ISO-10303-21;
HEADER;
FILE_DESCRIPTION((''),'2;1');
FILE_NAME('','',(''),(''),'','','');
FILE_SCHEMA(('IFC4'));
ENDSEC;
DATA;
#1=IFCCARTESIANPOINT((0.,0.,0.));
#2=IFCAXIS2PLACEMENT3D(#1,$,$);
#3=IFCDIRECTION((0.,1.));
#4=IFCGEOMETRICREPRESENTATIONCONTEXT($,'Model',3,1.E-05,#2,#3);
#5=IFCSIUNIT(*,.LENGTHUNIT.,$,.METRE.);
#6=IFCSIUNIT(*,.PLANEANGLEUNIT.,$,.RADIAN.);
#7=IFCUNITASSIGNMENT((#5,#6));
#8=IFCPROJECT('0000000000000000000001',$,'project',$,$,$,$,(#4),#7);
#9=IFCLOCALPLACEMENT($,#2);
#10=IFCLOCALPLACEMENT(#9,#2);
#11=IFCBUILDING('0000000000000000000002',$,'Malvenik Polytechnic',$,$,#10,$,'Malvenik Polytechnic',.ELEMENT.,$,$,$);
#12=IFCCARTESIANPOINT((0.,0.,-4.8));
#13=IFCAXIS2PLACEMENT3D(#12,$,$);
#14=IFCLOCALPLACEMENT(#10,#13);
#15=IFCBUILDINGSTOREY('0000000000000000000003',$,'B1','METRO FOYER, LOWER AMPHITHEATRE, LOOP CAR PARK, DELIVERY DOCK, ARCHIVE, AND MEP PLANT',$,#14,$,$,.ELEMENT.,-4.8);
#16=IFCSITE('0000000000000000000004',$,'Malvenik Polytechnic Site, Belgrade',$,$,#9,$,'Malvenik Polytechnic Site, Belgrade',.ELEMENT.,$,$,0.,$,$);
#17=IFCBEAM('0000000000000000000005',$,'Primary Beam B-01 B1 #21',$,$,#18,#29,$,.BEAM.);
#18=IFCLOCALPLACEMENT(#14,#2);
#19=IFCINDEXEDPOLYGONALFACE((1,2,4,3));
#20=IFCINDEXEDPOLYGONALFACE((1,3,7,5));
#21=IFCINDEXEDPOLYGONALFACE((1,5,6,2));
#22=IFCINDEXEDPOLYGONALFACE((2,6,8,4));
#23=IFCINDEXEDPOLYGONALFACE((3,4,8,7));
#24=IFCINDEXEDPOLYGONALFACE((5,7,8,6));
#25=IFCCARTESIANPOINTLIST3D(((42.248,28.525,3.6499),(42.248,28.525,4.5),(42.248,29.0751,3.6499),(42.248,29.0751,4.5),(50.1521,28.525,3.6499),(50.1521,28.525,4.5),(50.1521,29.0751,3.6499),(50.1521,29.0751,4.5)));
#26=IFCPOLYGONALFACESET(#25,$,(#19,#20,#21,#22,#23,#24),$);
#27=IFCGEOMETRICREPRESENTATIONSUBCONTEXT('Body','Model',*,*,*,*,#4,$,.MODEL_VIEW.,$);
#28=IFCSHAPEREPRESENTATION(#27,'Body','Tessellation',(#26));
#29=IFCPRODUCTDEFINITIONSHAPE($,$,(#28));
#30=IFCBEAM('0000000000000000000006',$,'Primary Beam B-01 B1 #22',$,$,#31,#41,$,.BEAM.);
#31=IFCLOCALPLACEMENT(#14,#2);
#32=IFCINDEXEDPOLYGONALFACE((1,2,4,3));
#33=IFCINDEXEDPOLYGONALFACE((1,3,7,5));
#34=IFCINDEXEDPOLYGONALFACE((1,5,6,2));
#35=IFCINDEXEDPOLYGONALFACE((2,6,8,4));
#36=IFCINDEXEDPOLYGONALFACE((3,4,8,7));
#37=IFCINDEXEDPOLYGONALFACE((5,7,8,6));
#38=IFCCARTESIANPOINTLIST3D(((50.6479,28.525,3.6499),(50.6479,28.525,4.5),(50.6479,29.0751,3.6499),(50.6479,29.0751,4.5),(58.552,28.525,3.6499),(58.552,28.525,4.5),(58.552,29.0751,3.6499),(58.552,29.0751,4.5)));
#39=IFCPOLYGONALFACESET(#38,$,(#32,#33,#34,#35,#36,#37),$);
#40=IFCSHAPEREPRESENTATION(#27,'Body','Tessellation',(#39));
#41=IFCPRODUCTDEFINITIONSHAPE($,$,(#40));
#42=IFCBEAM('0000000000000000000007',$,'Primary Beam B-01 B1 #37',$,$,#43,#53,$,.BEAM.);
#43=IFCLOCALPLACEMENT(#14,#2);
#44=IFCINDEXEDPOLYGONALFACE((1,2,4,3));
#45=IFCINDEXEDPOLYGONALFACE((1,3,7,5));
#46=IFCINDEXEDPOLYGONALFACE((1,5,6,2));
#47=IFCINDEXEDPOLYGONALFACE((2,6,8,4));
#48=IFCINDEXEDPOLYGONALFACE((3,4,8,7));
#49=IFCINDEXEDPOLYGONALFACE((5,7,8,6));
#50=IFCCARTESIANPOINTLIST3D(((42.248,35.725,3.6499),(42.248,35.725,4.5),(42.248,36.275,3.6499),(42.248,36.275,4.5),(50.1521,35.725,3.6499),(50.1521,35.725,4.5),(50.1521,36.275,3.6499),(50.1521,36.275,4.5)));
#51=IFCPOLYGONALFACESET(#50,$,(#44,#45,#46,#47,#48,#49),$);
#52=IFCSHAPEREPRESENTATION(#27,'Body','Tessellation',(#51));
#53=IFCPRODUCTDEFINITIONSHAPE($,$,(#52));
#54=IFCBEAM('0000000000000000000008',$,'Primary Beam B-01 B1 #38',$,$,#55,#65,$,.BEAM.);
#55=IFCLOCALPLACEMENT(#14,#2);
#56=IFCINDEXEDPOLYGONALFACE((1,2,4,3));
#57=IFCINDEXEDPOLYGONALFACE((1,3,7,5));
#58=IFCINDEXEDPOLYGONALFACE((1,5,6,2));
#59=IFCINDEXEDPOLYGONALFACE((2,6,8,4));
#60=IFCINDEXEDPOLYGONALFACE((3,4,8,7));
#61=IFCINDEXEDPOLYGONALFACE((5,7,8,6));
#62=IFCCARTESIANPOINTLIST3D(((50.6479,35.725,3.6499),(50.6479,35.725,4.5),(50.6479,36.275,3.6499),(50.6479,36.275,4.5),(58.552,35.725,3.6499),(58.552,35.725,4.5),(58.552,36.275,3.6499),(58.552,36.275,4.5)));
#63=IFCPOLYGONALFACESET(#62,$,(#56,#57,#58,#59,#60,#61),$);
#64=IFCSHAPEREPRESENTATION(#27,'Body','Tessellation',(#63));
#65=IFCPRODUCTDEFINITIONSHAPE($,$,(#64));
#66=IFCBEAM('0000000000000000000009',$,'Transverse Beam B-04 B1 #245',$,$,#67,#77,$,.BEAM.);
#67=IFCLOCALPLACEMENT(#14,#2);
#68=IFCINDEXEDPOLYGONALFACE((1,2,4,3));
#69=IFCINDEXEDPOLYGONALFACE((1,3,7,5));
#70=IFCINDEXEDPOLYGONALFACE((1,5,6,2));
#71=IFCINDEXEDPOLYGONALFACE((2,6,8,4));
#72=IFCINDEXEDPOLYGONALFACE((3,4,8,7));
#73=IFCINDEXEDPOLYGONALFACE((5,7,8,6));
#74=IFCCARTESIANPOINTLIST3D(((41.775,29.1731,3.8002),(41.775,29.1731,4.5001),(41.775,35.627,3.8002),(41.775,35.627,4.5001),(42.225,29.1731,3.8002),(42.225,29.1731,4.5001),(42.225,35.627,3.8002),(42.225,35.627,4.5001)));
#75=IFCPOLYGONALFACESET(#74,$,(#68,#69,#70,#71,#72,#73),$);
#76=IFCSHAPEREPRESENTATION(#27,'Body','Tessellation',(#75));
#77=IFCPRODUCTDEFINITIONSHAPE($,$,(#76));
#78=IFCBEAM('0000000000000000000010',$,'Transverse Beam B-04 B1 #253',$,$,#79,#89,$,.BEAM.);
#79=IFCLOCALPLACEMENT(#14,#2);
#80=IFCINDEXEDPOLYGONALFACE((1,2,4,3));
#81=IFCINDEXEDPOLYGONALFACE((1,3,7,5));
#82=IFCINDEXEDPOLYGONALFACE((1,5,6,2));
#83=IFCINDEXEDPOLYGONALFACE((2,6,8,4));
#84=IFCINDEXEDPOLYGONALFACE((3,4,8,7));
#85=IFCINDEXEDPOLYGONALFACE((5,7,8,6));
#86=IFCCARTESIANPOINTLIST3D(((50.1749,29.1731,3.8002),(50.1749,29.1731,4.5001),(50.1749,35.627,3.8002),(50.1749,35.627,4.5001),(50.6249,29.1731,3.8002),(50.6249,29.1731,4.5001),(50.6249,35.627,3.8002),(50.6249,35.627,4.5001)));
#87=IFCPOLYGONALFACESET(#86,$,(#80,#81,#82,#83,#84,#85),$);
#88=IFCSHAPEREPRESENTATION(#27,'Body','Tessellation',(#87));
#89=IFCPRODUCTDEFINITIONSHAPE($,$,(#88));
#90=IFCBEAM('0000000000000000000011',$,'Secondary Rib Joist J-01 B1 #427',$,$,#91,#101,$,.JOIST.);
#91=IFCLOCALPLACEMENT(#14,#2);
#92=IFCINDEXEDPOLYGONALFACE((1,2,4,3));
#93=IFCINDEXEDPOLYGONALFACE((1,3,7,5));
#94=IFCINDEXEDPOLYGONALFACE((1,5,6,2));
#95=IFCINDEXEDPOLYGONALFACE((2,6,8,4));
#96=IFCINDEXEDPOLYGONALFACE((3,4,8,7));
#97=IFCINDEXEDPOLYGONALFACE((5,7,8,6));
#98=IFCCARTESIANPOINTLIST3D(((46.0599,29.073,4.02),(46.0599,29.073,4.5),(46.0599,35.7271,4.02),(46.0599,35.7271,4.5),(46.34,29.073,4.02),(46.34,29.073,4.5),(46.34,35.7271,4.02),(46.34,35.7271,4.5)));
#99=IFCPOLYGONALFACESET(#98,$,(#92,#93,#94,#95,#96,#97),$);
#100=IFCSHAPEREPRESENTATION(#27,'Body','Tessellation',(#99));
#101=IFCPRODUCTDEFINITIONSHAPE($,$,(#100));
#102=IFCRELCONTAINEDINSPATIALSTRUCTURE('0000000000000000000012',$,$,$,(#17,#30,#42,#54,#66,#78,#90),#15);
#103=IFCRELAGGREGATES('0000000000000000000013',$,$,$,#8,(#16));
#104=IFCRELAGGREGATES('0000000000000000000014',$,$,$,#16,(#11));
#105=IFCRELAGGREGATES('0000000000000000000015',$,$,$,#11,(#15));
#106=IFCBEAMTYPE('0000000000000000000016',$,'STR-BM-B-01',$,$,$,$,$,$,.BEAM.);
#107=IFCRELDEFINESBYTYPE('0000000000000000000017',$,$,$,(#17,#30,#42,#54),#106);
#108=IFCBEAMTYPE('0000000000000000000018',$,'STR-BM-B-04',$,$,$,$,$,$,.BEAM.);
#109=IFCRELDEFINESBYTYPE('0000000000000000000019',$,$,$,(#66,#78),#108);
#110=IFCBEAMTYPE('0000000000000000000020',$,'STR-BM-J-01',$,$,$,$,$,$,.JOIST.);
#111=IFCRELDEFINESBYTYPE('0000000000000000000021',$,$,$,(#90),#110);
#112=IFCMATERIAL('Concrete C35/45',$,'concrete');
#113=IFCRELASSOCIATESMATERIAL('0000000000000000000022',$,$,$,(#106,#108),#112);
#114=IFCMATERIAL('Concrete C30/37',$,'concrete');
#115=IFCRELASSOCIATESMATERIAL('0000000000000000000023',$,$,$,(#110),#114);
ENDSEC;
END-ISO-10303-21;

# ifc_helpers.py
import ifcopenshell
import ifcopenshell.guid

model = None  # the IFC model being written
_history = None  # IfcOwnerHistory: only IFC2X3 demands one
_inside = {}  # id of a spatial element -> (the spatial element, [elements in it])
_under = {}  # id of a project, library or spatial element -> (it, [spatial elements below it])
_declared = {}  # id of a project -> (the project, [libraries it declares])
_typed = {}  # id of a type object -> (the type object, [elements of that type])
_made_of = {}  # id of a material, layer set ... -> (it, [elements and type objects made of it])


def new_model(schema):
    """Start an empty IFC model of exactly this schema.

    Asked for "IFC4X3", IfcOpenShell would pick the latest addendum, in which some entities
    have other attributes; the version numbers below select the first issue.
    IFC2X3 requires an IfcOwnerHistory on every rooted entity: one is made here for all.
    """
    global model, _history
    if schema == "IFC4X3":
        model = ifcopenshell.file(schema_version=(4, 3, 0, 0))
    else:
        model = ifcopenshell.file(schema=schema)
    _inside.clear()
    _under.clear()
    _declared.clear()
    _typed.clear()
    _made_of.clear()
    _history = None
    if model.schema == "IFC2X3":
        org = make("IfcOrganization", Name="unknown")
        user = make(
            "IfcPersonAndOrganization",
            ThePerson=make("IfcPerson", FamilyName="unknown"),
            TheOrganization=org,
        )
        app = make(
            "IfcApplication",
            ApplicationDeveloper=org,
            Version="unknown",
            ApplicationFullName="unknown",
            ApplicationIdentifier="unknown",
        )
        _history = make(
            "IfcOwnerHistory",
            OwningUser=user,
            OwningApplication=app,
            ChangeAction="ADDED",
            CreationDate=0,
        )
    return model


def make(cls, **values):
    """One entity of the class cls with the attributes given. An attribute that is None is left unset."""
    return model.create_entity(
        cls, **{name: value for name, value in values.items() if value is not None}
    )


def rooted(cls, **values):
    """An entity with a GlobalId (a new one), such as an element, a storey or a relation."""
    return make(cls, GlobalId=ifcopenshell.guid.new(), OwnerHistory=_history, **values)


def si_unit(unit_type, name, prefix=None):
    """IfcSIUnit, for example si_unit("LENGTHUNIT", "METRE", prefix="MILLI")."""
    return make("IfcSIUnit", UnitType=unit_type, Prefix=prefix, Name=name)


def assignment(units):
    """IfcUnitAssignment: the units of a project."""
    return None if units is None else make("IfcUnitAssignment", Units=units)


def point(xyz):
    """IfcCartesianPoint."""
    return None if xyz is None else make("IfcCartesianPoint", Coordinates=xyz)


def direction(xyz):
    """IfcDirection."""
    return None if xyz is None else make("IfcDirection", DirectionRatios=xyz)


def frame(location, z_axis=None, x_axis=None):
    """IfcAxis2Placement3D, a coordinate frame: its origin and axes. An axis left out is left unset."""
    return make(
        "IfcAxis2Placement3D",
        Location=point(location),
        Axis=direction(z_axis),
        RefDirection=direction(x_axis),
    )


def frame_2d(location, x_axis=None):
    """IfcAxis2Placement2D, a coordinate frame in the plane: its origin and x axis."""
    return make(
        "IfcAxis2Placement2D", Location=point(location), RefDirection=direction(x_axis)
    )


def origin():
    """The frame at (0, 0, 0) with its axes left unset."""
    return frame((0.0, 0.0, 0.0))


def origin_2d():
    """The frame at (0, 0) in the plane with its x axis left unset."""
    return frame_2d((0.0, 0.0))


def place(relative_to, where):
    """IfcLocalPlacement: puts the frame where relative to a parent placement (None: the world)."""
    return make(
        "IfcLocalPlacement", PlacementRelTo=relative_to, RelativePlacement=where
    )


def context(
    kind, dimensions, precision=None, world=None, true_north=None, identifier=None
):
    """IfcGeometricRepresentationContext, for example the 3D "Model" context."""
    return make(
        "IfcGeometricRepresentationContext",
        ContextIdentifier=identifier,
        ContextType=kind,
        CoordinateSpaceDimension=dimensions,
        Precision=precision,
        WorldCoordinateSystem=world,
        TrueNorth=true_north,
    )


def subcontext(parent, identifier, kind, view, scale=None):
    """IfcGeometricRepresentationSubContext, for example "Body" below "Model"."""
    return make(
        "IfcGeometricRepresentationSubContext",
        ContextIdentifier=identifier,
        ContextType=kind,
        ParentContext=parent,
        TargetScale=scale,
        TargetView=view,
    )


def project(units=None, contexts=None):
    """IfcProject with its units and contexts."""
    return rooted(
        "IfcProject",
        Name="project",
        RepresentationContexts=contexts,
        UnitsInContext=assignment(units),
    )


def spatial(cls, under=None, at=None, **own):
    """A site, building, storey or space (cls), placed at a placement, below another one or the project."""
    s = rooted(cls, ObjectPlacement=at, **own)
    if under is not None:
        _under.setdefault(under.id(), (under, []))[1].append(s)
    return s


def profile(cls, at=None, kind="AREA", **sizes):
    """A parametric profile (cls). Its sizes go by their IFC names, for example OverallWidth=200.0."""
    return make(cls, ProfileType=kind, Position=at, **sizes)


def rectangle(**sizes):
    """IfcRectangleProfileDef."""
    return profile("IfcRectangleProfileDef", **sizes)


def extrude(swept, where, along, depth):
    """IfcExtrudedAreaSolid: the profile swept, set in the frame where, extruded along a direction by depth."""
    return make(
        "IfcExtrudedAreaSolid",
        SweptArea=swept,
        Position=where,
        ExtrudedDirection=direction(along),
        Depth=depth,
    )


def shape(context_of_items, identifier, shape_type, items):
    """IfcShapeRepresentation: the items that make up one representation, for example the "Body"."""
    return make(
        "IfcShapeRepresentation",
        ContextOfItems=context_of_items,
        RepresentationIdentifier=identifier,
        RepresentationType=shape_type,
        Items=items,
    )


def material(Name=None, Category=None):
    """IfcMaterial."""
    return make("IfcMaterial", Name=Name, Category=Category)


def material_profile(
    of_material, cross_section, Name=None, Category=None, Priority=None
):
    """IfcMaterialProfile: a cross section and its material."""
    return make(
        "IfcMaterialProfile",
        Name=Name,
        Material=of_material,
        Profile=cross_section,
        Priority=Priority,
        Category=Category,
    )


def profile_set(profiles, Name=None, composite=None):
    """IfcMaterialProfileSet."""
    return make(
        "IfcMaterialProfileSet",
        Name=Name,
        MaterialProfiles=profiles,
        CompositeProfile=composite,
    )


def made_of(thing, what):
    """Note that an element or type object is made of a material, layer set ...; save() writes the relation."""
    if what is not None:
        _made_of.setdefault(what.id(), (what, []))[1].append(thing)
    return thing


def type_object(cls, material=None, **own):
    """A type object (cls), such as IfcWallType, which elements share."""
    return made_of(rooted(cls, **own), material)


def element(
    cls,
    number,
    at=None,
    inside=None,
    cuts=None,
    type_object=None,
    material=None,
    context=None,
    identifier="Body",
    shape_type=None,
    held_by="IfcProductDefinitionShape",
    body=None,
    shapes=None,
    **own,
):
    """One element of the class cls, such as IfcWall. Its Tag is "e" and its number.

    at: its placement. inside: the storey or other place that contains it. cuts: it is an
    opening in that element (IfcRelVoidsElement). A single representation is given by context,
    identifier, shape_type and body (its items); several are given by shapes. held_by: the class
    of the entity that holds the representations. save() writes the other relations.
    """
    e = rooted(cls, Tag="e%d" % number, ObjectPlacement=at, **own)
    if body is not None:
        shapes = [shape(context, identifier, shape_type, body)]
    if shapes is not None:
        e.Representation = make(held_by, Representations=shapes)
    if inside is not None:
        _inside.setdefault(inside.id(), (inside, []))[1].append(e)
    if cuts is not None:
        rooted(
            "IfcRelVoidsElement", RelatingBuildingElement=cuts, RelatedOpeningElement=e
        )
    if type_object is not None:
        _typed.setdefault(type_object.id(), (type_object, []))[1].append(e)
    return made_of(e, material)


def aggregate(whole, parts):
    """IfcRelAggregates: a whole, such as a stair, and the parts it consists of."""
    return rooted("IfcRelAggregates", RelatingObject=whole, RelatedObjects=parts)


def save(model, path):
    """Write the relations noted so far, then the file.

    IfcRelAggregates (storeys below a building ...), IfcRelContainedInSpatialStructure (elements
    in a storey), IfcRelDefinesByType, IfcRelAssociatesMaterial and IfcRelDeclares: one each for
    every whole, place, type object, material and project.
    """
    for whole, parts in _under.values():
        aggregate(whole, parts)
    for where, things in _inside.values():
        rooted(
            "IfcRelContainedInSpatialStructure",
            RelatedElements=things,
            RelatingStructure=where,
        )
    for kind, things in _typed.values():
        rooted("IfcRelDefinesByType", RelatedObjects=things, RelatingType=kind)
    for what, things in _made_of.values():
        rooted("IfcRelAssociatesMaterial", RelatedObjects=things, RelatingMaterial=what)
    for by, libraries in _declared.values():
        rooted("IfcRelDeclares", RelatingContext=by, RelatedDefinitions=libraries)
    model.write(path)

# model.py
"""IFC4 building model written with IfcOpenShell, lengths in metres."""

from ifc_helpers import new_model, si_unit, direction, frame, origin, origin_2d, place, context, subcontext, project, spatial, rectangle, extrude, material, material_profile, profile_set, type_object, element, save


model = new_model("IFC4")

# Units and contexts
model_context = context("Model", 3, precision=1e-05, world=origin(), true_north=direction((0.0, 1.0)))
body_context = subcontext(model_context, "Body", "Model", "MODEL_VIEW")
ifc_project = project(units=[si_unit("LENGTHUNIT", "METRE"), si_unit("PLANEANGLEUNIT", "RADIAN")], contexts=[model_context])

# Site, building, storey
site_placement = place(None, origin())
site = spatial("IfcSite", under=ifc_project, at=site_placement, Name="Malvenik Polytechnic Site, Belgrade", LongName="Malvenik Polytechnic Site, Belgrade", CompositionType="ELEMENT", RefElevation=0.0)
building_placement = place(site_placement, origin())
building = spatial("IfcBuilding", under=site, at=building_placement, Name="Malvenik Polytechnic", LongName="Malvenik Polytechnic", CompositionType="ELEMENT")
storey_placement = place(building_placement, frame((0.0, 0.0, -4.8)))
storey = spatial("IfcBuildingStorey", under=building, at=storey_placement, Name="B1", Description="METRO FOYER, LOWER AMPHITHEATRE, LOOP CAR PARK, DELIVERY DOCK, ARCHIVE, AND MEP PLANT", CompositionType="ELEMENT", Elevation=-4.8)

# Shared definitions
ifc_material_1 = material(Name="Concrete C35/45", Category="concrete")

# Beams
ifc_material_profile_1 = material_profile(ifc_material_1, rectangle(XDim=0.55, YDim=0.8501, at=origin_2d()), Name="RC BM 550x850")
ifc_profile_set_1 = profile_set([ifc_material_profile_1], Name="Concrete C35/45")
beam_type_1 = type_object("IfcBeamType", Name="STR-BM-B-01", PredefinedType="BEAM", material=ifc_profile_set_1)
for number, where, z_axis, x_axis, name in (
    (1, (42.248, 28.8, 4.075), (1.0, 0.0, 0.0), (0.0, 1.0, 0.0), "Primary Beam B-01 B1 #21"),
    (2, (50.6479, 28.8, 4.075), (1.0, 0.0, 0.0), (0.0, 1.0, 0.0), "Primary Beam B-01 B1 #22"),
    (3, (42.248, 36.0, 4.075), (1.0, 0.0, 0.0), (0.0, 1.0, 0.0), "Primary Beam B-01 B1 #37"),
    (4, (50.6479, 36.0, 4.075), (1.0, 0.0, 0.0), (0.0, 1.0, 0.0), "Primary Beam B-01 B1 #38"),
):
    element("IfcBeam", number, at=place(storey_placement, frame(where, z_axis=z_axis, x_axis=x_axis)), inside=storey, type_object=beam_type_1, Name=name, PredefinedType="BEAM", context=body_context, shape_type="SweptSolid", body=[
        extrude(rectangle(XDim=0.55, YDim=0.8501, at=origin_2d()), origin(), (0.0, 0.0, 1.0), 7.9041),
    ])
ifc_material_profile_2 = material_profile(ifc_material_1, rectangle(XDim=0.45, YDim=0.7, at=origin_2d()), Name="RC BM 450x700")
ifc_profile_set_2 = profile_set([ifc_material_profile_2], Name="Concrete C35/45")
beam_type_2 = type_object("IfcBeamType", Name="STR-BM-B-04", PredefinedType="BEAM", material=ifc_profile_set_2)
for number, where, z_axis, x_axis, name in (
    (5, (42.0, 29.1731, 4.1501), (0.0, 1.0, 0.0), (-1.0, 0.0, 0.0), "Transverse Beam B-04 B1 #245"),
    (6, (50.3999, 29.1731, 4.1501), (0.0, 1.0, 0.0), (-1.0, 0.0, 0.0), "Transverse Beam B-04 B1 #253"),
):
    element("IfcBeam", number, at=place(storey_placement, frame(where, z_axis=z_axis, x_axis=x_axis)), inside=storey, type_object=beam_type_2, Name=name, PredefinedType="BEAM", context=body_context, shape_type="SweptSolid", body=[
        extrude(rectangle(XDim=0.45, YDim=0.7, at=origin_2d()), origin(), (0.0, 0.0, 1.0), 6.4539),
    ])
ifc_material_2 = material(Name="Concrete C30/37", Category="concrete")
ifc_material_profile_3 = material_profile(ifc_material_2, rectangle(XDim=0.28, YDim=0.48, at=origin_2d()), Name="RC JST 280x480")
ifc_profile_set_3 = profile_set([ifc_material_profile_3], Name="Concrete C30/37")
beam_type_3 = type_object("IfcBeamType", Name="STR-BM-J-01", PredefinedType="JOIST", material=ifc_profile_set_3)
beam_placement = place(storey_placement, frame((46.2, 29.073, 4.26), z_axis=(0.0, 1.0, 0.0), x_axis=(-1.0, 0.0, 0.0)))
element("IfcBeam", 7, at=beam_placement, inside=storey, type_object=beam_type_3, Name="Secondary Rib Joist J-01 B1 #427", PredefinedType="JOIST", context=body_context, shape_type="SweptSolid", body=[
    extrude(rectangle(XDim=0.28, YDim=0.48, at=origin_2d()), origin(), (0.0, 0.0, 1.0), 6.6541),
])

save(model, "model.ifc")
